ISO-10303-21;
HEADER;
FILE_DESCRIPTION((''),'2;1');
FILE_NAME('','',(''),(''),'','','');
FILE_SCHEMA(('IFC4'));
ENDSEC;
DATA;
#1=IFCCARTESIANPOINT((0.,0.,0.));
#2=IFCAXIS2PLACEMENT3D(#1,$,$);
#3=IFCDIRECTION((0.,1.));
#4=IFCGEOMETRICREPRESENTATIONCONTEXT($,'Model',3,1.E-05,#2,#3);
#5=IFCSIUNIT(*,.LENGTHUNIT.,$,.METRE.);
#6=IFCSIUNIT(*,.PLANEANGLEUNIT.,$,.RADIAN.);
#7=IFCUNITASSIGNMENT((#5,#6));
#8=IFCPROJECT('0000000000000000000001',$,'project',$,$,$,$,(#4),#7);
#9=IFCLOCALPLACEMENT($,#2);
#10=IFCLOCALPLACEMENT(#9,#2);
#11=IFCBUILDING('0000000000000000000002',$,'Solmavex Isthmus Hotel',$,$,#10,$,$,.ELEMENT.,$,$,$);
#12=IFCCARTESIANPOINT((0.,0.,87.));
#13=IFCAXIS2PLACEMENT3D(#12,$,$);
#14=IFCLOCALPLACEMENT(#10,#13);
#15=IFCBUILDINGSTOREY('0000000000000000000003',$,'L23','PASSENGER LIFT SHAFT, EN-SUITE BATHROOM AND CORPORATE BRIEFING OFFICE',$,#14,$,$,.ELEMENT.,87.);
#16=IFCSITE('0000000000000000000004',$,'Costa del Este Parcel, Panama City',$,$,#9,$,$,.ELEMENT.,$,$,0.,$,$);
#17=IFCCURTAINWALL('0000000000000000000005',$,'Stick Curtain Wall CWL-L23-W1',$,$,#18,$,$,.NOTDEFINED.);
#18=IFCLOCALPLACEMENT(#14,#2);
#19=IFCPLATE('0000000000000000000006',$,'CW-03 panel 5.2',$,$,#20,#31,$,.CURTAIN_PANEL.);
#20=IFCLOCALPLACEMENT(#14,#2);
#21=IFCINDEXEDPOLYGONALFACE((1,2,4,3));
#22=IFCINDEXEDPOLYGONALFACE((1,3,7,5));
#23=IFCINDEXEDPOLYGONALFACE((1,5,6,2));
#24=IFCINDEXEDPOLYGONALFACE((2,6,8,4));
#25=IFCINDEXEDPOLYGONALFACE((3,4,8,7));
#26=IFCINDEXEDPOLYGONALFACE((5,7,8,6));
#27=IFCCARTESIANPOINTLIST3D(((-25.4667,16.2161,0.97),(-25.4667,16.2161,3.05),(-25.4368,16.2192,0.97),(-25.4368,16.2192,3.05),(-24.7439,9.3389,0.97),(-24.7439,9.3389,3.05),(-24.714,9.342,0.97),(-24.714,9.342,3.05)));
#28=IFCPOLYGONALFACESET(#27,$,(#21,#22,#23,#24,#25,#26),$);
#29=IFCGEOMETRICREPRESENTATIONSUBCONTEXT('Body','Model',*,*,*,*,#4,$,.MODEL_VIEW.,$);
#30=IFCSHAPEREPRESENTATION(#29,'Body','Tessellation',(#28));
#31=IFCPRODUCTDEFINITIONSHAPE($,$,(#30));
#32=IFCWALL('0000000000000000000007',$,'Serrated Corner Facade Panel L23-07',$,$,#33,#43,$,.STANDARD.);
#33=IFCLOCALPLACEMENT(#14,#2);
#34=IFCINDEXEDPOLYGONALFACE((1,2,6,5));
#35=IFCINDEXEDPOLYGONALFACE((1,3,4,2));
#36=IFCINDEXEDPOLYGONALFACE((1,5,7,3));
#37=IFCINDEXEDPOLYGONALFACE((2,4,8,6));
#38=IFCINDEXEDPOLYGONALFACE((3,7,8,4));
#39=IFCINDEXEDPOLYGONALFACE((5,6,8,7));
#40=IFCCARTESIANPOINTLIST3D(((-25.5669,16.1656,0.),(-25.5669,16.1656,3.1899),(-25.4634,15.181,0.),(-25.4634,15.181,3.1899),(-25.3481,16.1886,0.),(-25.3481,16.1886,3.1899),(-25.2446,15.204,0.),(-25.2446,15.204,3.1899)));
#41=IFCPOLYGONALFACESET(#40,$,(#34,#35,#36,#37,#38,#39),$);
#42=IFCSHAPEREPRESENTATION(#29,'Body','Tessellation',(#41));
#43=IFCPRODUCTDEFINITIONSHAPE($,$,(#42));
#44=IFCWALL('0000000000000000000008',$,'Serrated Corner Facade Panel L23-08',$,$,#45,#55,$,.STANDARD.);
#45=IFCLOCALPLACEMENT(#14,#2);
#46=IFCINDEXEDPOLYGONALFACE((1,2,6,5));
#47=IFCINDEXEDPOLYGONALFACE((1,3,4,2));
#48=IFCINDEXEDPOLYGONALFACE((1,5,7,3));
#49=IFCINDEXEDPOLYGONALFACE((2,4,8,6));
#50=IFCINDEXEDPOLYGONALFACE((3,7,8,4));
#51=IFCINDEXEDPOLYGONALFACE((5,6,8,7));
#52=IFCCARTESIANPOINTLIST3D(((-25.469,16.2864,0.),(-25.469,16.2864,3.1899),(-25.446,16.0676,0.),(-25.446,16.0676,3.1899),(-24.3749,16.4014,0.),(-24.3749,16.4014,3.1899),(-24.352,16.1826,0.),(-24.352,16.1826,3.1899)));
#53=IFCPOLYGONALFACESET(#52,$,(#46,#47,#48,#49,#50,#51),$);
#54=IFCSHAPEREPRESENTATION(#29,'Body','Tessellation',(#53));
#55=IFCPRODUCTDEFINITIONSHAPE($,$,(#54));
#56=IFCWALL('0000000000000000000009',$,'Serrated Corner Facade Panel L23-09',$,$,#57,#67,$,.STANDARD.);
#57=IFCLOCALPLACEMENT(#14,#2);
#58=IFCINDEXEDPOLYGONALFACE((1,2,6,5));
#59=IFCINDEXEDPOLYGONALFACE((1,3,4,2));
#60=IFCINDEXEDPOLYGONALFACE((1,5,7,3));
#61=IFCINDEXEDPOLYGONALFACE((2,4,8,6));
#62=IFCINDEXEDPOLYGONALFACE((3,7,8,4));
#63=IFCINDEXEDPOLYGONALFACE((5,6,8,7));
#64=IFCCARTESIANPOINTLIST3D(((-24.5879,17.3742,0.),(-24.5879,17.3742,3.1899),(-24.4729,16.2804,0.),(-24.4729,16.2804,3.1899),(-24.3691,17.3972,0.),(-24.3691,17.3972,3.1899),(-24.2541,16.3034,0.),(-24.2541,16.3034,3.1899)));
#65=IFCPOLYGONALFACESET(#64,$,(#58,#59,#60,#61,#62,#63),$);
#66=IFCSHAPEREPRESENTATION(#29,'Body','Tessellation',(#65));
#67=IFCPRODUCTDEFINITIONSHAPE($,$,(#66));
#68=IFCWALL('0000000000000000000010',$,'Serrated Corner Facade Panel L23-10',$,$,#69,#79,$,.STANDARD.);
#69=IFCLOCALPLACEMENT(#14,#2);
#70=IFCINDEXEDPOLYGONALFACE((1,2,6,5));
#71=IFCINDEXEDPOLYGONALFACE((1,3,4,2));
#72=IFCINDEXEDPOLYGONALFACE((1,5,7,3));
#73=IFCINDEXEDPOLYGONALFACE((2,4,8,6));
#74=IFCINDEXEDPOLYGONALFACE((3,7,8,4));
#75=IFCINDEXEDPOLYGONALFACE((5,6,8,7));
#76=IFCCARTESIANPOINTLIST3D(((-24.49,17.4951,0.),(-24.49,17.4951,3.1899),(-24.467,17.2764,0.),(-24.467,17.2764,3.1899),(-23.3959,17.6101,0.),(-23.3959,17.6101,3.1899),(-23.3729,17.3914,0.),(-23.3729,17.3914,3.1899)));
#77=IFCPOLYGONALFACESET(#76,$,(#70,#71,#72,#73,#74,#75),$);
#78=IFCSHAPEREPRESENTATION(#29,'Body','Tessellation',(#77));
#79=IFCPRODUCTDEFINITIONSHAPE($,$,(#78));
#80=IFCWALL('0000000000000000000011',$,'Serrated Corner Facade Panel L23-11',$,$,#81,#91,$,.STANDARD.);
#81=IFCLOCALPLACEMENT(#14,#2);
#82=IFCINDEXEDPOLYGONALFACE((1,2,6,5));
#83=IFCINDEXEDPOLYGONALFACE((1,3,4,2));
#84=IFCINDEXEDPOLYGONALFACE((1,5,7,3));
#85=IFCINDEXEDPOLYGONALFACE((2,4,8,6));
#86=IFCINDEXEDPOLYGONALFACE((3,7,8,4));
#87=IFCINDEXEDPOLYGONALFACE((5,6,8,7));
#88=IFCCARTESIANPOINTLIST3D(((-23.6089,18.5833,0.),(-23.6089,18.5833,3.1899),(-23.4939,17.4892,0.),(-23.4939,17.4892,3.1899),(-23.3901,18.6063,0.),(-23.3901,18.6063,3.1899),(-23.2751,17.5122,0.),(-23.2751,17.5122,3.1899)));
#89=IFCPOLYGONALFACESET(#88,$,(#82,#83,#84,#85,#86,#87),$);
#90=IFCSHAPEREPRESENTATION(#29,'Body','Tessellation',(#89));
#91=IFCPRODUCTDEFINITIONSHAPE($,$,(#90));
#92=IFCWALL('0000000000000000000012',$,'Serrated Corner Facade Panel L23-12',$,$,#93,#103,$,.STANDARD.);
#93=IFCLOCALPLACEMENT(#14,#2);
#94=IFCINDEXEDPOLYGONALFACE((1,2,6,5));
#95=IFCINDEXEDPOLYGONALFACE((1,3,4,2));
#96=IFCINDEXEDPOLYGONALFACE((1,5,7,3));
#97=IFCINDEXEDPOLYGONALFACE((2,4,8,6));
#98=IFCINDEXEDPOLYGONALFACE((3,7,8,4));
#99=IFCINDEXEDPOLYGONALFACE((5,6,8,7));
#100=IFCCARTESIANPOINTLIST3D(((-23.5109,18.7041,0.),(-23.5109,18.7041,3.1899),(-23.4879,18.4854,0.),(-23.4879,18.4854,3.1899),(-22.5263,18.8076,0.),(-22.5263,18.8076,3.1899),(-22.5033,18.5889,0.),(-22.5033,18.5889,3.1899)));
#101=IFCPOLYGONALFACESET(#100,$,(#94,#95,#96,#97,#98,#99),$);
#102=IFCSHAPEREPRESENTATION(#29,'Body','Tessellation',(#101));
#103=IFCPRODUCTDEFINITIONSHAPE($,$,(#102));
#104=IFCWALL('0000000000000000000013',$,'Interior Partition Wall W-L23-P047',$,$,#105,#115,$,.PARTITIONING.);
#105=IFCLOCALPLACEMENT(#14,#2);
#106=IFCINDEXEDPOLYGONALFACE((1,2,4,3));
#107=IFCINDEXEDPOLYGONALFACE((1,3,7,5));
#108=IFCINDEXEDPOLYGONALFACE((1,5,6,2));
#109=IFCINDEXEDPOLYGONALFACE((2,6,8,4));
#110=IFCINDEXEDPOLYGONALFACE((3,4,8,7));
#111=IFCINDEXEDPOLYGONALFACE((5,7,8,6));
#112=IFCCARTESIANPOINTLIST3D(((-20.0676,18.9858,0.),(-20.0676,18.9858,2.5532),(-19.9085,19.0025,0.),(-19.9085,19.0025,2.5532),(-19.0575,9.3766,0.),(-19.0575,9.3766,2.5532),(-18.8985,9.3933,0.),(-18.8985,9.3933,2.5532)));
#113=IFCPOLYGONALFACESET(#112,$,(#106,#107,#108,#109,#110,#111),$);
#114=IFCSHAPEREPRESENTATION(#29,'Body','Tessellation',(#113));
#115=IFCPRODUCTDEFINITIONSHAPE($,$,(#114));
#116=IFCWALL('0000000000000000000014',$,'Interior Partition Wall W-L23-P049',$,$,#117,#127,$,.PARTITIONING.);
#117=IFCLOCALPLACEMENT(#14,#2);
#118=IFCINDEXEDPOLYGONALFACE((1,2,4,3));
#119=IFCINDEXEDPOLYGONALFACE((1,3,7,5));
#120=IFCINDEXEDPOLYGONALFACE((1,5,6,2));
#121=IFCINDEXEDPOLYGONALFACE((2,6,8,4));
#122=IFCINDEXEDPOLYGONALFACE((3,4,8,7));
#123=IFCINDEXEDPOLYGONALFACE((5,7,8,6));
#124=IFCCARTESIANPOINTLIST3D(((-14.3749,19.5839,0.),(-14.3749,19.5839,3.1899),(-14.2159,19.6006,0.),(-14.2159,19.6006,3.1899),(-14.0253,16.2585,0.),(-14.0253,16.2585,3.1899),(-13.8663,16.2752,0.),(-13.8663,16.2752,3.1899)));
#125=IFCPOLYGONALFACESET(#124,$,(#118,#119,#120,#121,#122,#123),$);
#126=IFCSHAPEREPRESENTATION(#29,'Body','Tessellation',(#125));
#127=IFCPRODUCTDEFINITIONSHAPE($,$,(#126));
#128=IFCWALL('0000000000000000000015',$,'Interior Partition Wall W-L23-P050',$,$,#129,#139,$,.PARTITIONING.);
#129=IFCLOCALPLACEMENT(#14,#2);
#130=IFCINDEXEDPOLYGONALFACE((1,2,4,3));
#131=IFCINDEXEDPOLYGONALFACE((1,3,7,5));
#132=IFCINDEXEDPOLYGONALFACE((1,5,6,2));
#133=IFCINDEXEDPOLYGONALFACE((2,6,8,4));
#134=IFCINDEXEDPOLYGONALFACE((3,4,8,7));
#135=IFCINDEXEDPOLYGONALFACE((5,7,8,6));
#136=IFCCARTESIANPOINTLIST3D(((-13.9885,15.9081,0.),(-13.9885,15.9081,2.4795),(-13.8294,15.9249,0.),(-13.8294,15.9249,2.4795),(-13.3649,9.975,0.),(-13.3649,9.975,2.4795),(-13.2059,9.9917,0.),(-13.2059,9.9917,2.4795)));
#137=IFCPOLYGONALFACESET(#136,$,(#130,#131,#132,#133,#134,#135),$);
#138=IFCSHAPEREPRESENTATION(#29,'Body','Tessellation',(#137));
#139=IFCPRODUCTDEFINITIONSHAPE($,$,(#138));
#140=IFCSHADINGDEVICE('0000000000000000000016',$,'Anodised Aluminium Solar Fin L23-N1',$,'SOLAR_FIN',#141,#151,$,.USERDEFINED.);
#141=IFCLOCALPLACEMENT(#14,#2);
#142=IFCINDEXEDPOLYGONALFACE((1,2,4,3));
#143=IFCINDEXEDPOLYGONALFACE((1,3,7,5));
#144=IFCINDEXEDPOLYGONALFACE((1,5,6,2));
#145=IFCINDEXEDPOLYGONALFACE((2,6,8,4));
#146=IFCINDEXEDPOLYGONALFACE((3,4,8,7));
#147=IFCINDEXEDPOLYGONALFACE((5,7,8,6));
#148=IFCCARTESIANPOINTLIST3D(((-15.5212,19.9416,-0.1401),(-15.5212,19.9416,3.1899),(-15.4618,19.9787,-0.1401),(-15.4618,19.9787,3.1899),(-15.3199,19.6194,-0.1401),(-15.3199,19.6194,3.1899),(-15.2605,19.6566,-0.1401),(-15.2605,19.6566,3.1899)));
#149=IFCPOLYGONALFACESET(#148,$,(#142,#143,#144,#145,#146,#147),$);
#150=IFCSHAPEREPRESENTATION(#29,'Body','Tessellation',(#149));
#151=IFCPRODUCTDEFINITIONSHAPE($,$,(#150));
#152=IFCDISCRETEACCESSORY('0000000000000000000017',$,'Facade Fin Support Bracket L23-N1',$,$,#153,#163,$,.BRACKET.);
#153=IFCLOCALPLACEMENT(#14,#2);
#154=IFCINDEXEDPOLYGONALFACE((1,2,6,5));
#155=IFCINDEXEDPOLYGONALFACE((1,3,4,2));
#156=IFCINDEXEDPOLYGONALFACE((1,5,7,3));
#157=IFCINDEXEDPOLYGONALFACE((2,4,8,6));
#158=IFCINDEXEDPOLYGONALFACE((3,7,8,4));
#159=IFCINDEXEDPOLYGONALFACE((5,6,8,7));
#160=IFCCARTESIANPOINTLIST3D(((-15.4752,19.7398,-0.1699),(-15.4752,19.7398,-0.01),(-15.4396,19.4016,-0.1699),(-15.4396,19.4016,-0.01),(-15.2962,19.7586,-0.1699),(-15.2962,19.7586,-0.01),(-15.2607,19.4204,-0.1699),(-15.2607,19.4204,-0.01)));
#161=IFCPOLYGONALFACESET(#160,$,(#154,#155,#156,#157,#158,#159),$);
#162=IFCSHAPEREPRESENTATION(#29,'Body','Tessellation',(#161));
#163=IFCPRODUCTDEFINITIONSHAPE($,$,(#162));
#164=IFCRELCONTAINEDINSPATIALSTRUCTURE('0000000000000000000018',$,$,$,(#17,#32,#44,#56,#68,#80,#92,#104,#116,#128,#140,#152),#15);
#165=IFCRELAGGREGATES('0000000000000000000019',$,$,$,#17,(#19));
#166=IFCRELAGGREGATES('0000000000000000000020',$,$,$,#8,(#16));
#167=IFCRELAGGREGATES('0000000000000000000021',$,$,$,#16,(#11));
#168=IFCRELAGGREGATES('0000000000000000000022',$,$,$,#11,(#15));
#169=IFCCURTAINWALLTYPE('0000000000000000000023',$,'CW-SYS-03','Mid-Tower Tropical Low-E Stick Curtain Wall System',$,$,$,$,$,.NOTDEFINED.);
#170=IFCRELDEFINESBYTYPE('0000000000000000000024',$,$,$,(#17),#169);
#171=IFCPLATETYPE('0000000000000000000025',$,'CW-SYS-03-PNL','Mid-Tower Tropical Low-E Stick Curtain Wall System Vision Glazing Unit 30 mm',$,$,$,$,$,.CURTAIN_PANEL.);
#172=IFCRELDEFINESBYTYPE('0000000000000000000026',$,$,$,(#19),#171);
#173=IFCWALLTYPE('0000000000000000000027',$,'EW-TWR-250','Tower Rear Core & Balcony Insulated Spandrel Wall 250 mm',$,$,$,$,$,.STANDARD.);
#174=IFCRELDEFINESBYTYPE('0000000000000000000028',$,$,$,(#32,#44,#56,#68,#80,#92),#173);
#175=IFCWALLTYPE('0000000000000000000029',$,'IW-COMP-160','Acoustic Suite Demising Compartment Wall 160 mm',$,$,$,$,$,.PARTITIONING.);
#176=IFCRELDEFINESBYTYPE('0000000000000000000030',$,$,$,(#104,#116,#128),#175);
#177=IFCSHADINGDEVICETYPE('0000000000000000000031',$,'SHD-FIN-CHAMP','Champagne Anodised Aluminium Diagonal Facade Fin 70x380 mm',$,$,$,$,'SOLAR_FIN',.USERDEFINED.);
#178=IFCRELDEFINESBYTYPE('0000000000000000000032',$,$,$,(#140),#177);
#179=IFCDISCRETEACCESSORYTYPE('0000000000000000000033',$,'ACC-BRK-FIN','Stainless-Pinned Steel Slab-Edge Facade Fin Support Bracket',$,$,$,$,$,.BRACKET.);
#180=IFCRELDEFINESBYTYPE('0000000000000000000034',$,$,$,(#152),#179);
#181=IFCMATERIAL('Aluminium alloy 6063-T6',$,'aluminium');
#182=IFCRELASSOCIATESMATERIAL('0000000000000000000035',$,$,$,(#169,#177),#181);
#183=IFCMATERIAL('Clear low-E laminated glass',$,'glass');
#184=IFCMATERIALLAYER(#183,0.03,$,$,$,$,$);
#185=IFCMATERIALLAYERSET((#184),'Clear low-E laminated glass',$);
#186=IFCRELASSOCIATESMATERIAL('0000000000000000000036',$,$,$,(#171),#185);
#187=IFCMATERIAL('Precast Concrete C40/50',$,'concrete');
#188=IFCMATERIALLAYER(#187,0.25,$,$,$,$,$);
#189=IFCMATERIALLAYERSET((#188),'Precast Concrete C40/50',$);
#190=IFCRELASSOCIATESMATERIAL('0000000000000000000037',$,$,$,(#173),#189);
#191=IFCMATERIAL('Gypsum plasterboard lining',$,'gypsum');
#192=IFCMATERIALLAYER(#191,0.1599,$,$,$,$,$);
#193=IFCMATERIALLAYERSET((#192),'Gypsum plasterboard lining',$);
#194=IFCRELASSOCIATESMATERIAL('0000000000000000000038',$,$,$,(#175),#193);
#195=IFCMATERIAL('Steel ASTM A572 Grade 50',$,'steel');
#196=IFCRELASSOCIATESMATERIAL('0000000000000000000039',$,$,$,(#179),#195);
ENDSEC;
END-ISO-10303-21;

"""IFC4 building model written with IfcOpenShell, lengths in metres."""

from ifc_helpers import new_model, si_unit, direction, frame, frame_2d, origin, origin_2d, place, context, subcontext, project, spatial, rectangle, extrude, material, layer, layer_set, type_object, element, aggregate, save


model = new_model("IFC4")

# Units and contexts
model_context = context("Model", 3, precision=1e-05, world=origin(), true_north=direction((0.0, 1.0)))
body_context = subcontext(model_context, "Body", "Model", "MODEL_VIEW")
ifc_project = project(units=[si_unit("LENGTHUNIT", "METRE"), si_unit("PLANEANGLEUNIT", "RADIAN")], contexts=[model_context])

# Site, building, storey
site_placement = place(None, origin())
site = spatial("IfcSite", under=ifc_project, at=site_placement, Name="Costa del Este Parcel, Panama City", CompositionType="ELEMENT", RefElevation=0.0)
building_placement = place(site_placement, origin())
building = spatial("IfcBuilding", under=site, at=building_placement, Name="Solmavex Isthmus Hotel", CompositionType="ELEMENT")
storey_placement = place(building_placement, frame((0.0, 0.0, 87.0)))
storey = spatial("IfcBuildingStorey", under=building, at=storey_placement, Name="L23", Description="PASSENGER LIFT SHAFT, EN-SUITE BATHROOM AND CORPORATE BRIEFING OFFICE", CompositionType="ELEMENT", Elevation=87.0)

# Shared definitions
ifc_material_1 = material(Name="Aluminium alloy 6063-T6", Category="aluminium")
curtain_wall_type = type_object("IfcCurtainWallType", Name="CW-SYS-03", Description="Mid-Tower Tropical Low-E Stick Curtain Wall System", PredefinedType="NOTDEFINED", material=ifc_material_1)

# Curtain wall
curtain_wall_1_placement = place(storey_placement, origin())
curtain_wall_1 = element("IfcCurtainWall", 1, at=curtain_wall_1_placement, inside=storey, type_object=curtain_wall_type, Name="Stick Curtain Wall CWL-L23-W1", PredefinedType="NOTDEFINED")

# Plate
ifc_material_2 = material(Name="Clear low-E laminated glass", Category="glass")
ifc_layer_1 = layer(ifc_material_2, 0.03)
ifc_layer_set_1 = layer_set([ifc_layer_1], Name="Clear low-E laminated glass")
plate_type = type_object("IfcPlateType", Name="CW-SYS-03-PNL", Description="Mid-Tower Tropical Low-E Stick Curtain Wall System Vision Glazing Unit 30 mm", PredefinedType="CURTAIN_PANEL", material=ifc_layer_set_1)
plate_1_placement = place(storey_placement, frame((-25.0903, 12.7791, 0.97), z_axis=(0.0, 0.0, 1.0), x_axis=(-0.104528, 0.994522, 0.0)))
plate_1 = element("IfcPlate", 2, at=plate_1_placement, type_object=plate_type, Name="CW-03 panel 5.2", PredefinedType="CURTAIN_PANEL", context=body_context, shape_type="SweptSolid", body=[
    extrude(rectangle(XDim=6.915, YDim=0.03, at=origin_2d()), origin(), (0.0, 0.0, 1.0), 2.0801),
])
aggregate(curtain_wall_1, [plate_1])

# Walls
ifc_material_3 = material(Name="Precast Concrete C40/50", Category="concrete")
ifc_layer_2 = layer(ifc_material_3, 0.25)
ifc_layer_set_2 = layer_set([ifc_layer_2], Name="Precast Concrete C40/50")
wall_type_1 = type_object("IfcWallType", Name="EW-TWR-250", Description="Tower Rear Core & Balcony Insulated Spandrel Wall 250 mm", PredefinedType="STANDARD", material=ifc_layer_set_2)
wall_1_placement = place(storey_placement, frame((-25.354, 15.1924, 0.0), z_axis=(0.0, 0.0, 1.0), x_axis=(-0.104556, 0.994519, 0.0)))
element("IfcWall", 3, at=wall_1_placement, inside=storey, type_object=wall_type_1, Name="Serrated Corner Facade Panel L23-07", PredefinedType="STANDARD", context=body_context, shape_type="SweptSolid", body=[
    extrude(rectangle(XDim=0.99, YDim=0.22, at=frame_2d((0.4951, 0.0))), origin(), (0.0, 0.0, 1.0), 3.1899),
])
wall_2_placement = place(storey_placement, frame((-25.4575, 16.177, 0.0), z_axis=(0.0, 0.0, 1.0), x_axis=(0.994521, 0.104535, 0.0)))
element("IfcWall", 4, at=wall_2_placement, inside=storey, type_object=wall_type_1, Name="Serrated Corner Facade Panel L23-08", PredefinedType="STANDARD", context=body_context, shape_type="SweptSolid", body=[
    extrude(rectangle(XDim=1.1001, YDim=0.22, at=frame_2d((0.55, 0.0))), origin(), (0.0, 0.0, 1.0), 3.1899),
])
wall_3_placement = place(storey_placement, frame((-24.3635, 16.292, 0.0), z_axis=(0.0, 0.0, 1.0), x_axis=(-0.104558, 0.994519, 0.0)))
element("IfcWall", 5, at=wall_3_placement, inside=storey, type_object=wall_type_1, Name="Serrated Corner Facade Panel L23-09", PredefinedType="STANDARD", context=body_context, shape_type="SweptSolid", body=[
    extrude(rectangle(XDim=1.0999, YDim=0.22, at=frame_2d((0.5498, 0.0))), origin(), (0.0, 0.0, 1.0), 3.1899),
])
for number, where, z_axis, x_axis, name in (
    (6, (-24.4785, 17.3857, 0.0), (0.0, 0.0, 1.0), (0.994521, 0.104535, 0.0), "Serrated Corner Facade Panel L23-10"),
    (7, (-23.3845, 17.5007, 0.0), (0.0, 0.0, 1.0), (-0.104535, 0.994521, 0.0), "Serrated Corner Facade Panel L23-11"),
):
    element("IfcWall", number, at=place(storey_placement, frame(where, z_axis=z_axis, x_axis=x_axis)), inside=storey, type_object=wall_type_1, Name=name, PredefinedType="STANDARD", context=body_context, shape_type="SweptSolid", body=[
        extrude(rectangle(XDim=1.1001, YDim=0.22, at=frame_2d((0.55, 0.0))), origin(), (0.0, 0.0, 1.0), 3.1899),
    ])
wall_4_placement = place(storey_placement, frame((-23.4995, 18.5947, 0.0), z_axis=(0.0, 0.0, 1.0), x_axis=(0.994519, 0.104556, 0.0)))
element("IfcWall", 8, at=wall_4_placement, inside=storey, type_object=wall_type_1, Name="Serrated Corner Facade Panel L23-12", PredefinedType="STANDARD", context=body_context, shape_type="SweptSolid", body=[
    extrude(rectangle(XDim=0.99, YDim=0.22, at=frame_2d((0.4951, 0.0))), origin(), (0.0, 0.0, 1.0), 3.1899),
])
ifc_material_4 = material(Name="Gypsum plasterboard lining", Category="gypsum")
ifc_layer_3 = layer(ifc_material_4, 0.1599)
ifc_layer_set_3 = layer_set([ifc_layer_3], Name="Gypsum plasterboard lining")
wall_type_2 = type_object("IfcWallType", Name="IW-COMP-160", Description="Acoustic Suite Demising Compartment Wall 160 mm", PredefinedType="PARTITIONING", material=ifc_layer_set_3)
wall_5_placement = place(storey_placement, frame((-19.988, 18.9941, 0.0), z_axis=(0.0, 0.0, 1.0), x_axis=(0.104534, -0.994521, 0.0)))
element("IfcWall", 9, at=wall_5_placement, inside=storey, type_object=wall_type_2, Name="Interior Partition Wall W-L23-P047", PredefinedType="PARTITIONING", context=body_context, shape_type="SweptSolid", body=[
    extrude(rectangle(XDim=9.6621, YDim=0.1599, at=frame_2d((4.8311, 0.0))), origin(), (0.0, 0.0, 1.0), 2.5532),
])
wall_6_placement = place(storey_placement, frame((-14.2954, 19.5923, 0.0), z_axis=(0.0, 0.0, 1.0), x_axis=(0.104556, -0.994519, 0.0)))
element("IfcWall", 10, at=wall_6_placement, inside=storey, type_object=wall_type_2, Name="Interior Partition Wall W-L23-P049", PredefinedType="PARTITIONING", context=body_context, shape_type="SweptSolid", body=[
    extrude(rectangle(XDim=3.3438, YDim=0.1599, at=frame_2d((1.6719, 0.0))), origin(), (0.0, 0.0, 1.0), 3.1899),
])
wall_7_placement = place(storey_placement, frame((-13.9089, 15.9165, 0.0), z_axis=(0.0, 0.0, 1.0), x_axis=(0.104519, -0.994523, 0.0)))
element("IfcWall", 11, at=wall_7_placement, inside=storey, type_object=wall_type_2, Name="Interior Partition Wall W-L23-P050", PredefinedType="PARTITIONING", context=body_context, shape_type="SweptSolid", body=[
    extrude(rectangle(XDim=5.9658, YDim=0.1599, at=frame_2d((2.9829, 0.0))), origin(), (0.0, 0.0, 1.0), 2.4795),
])

# Shading device
shading_device_type = type_object("IfcShadingDeviceType", Name="SHD-FIN-CHAMP", Description="Champagne Anodised Aluminium Diagonal Facade Fin 70x380 mm", ElementType="SOLAR_FIN", PredefinedType="USERDEFINED", material=ifc_material_1)
shading_device_placement = place(storey_placement, frame((-15.3909, 19.7991, -0.1401), z_axis=(0.0, 0.0, 1.0), x_axis=(-0.529919, 0.848048, 0.0)))
element("IfcShadingDevice", 12, at=shading_device_placement, inside=storey, type_object=shading_device_type, Name="Anodised Aluminium Solar Fin L23-N1", ObjectType="SOLAR_FIN", PredefinedType="USERDEFINED", context=body_context, shape_type="SweptSolid", body=[
    extrude(rectangle(XDim=0.3799, YDim=0.0701, at=origin_2d()), origin(), (0.0, 0.0, 1.0), 3.3301),
])

# Discrete accessory
ifc_material_5 = material(Name="Steel ASTM A572 Grade 50", Category="steel")
discrete_accessory_type = type_object("IfcDiscreteAccessoryType", Name="ACC-BRK-FIN", Description="Stainless-Pinned Steel Slab-Edge Facade Fin Support Bracket", PredefinedType="BRACKET", material=ifc_material_5)
discrete_accessory_placement = place(storey_placement, frame((-15.3679, 19.5801, -0.1699), z_axis=(0.0, 0.0, 1.0), x_axis=(-0.104528, 0.994522, 0.0)))
element("IfcDiscreteAccessory", 13, at=discrete_accessory_placement, inside=storey, type_object=discrete_accessory_type, Name="Facade Fin Support Bracket L23-N1", PredefinedType="BRACKET", context=body_context, shape_type="SweptSolid", body=[
    extrude(rectangle(XDim=0.3401, YDim=0.1799, at=origin_2d()), origin(), (0.0, 0.0, 1.0), 0.1599),
])

save(model, "model.ifc")
